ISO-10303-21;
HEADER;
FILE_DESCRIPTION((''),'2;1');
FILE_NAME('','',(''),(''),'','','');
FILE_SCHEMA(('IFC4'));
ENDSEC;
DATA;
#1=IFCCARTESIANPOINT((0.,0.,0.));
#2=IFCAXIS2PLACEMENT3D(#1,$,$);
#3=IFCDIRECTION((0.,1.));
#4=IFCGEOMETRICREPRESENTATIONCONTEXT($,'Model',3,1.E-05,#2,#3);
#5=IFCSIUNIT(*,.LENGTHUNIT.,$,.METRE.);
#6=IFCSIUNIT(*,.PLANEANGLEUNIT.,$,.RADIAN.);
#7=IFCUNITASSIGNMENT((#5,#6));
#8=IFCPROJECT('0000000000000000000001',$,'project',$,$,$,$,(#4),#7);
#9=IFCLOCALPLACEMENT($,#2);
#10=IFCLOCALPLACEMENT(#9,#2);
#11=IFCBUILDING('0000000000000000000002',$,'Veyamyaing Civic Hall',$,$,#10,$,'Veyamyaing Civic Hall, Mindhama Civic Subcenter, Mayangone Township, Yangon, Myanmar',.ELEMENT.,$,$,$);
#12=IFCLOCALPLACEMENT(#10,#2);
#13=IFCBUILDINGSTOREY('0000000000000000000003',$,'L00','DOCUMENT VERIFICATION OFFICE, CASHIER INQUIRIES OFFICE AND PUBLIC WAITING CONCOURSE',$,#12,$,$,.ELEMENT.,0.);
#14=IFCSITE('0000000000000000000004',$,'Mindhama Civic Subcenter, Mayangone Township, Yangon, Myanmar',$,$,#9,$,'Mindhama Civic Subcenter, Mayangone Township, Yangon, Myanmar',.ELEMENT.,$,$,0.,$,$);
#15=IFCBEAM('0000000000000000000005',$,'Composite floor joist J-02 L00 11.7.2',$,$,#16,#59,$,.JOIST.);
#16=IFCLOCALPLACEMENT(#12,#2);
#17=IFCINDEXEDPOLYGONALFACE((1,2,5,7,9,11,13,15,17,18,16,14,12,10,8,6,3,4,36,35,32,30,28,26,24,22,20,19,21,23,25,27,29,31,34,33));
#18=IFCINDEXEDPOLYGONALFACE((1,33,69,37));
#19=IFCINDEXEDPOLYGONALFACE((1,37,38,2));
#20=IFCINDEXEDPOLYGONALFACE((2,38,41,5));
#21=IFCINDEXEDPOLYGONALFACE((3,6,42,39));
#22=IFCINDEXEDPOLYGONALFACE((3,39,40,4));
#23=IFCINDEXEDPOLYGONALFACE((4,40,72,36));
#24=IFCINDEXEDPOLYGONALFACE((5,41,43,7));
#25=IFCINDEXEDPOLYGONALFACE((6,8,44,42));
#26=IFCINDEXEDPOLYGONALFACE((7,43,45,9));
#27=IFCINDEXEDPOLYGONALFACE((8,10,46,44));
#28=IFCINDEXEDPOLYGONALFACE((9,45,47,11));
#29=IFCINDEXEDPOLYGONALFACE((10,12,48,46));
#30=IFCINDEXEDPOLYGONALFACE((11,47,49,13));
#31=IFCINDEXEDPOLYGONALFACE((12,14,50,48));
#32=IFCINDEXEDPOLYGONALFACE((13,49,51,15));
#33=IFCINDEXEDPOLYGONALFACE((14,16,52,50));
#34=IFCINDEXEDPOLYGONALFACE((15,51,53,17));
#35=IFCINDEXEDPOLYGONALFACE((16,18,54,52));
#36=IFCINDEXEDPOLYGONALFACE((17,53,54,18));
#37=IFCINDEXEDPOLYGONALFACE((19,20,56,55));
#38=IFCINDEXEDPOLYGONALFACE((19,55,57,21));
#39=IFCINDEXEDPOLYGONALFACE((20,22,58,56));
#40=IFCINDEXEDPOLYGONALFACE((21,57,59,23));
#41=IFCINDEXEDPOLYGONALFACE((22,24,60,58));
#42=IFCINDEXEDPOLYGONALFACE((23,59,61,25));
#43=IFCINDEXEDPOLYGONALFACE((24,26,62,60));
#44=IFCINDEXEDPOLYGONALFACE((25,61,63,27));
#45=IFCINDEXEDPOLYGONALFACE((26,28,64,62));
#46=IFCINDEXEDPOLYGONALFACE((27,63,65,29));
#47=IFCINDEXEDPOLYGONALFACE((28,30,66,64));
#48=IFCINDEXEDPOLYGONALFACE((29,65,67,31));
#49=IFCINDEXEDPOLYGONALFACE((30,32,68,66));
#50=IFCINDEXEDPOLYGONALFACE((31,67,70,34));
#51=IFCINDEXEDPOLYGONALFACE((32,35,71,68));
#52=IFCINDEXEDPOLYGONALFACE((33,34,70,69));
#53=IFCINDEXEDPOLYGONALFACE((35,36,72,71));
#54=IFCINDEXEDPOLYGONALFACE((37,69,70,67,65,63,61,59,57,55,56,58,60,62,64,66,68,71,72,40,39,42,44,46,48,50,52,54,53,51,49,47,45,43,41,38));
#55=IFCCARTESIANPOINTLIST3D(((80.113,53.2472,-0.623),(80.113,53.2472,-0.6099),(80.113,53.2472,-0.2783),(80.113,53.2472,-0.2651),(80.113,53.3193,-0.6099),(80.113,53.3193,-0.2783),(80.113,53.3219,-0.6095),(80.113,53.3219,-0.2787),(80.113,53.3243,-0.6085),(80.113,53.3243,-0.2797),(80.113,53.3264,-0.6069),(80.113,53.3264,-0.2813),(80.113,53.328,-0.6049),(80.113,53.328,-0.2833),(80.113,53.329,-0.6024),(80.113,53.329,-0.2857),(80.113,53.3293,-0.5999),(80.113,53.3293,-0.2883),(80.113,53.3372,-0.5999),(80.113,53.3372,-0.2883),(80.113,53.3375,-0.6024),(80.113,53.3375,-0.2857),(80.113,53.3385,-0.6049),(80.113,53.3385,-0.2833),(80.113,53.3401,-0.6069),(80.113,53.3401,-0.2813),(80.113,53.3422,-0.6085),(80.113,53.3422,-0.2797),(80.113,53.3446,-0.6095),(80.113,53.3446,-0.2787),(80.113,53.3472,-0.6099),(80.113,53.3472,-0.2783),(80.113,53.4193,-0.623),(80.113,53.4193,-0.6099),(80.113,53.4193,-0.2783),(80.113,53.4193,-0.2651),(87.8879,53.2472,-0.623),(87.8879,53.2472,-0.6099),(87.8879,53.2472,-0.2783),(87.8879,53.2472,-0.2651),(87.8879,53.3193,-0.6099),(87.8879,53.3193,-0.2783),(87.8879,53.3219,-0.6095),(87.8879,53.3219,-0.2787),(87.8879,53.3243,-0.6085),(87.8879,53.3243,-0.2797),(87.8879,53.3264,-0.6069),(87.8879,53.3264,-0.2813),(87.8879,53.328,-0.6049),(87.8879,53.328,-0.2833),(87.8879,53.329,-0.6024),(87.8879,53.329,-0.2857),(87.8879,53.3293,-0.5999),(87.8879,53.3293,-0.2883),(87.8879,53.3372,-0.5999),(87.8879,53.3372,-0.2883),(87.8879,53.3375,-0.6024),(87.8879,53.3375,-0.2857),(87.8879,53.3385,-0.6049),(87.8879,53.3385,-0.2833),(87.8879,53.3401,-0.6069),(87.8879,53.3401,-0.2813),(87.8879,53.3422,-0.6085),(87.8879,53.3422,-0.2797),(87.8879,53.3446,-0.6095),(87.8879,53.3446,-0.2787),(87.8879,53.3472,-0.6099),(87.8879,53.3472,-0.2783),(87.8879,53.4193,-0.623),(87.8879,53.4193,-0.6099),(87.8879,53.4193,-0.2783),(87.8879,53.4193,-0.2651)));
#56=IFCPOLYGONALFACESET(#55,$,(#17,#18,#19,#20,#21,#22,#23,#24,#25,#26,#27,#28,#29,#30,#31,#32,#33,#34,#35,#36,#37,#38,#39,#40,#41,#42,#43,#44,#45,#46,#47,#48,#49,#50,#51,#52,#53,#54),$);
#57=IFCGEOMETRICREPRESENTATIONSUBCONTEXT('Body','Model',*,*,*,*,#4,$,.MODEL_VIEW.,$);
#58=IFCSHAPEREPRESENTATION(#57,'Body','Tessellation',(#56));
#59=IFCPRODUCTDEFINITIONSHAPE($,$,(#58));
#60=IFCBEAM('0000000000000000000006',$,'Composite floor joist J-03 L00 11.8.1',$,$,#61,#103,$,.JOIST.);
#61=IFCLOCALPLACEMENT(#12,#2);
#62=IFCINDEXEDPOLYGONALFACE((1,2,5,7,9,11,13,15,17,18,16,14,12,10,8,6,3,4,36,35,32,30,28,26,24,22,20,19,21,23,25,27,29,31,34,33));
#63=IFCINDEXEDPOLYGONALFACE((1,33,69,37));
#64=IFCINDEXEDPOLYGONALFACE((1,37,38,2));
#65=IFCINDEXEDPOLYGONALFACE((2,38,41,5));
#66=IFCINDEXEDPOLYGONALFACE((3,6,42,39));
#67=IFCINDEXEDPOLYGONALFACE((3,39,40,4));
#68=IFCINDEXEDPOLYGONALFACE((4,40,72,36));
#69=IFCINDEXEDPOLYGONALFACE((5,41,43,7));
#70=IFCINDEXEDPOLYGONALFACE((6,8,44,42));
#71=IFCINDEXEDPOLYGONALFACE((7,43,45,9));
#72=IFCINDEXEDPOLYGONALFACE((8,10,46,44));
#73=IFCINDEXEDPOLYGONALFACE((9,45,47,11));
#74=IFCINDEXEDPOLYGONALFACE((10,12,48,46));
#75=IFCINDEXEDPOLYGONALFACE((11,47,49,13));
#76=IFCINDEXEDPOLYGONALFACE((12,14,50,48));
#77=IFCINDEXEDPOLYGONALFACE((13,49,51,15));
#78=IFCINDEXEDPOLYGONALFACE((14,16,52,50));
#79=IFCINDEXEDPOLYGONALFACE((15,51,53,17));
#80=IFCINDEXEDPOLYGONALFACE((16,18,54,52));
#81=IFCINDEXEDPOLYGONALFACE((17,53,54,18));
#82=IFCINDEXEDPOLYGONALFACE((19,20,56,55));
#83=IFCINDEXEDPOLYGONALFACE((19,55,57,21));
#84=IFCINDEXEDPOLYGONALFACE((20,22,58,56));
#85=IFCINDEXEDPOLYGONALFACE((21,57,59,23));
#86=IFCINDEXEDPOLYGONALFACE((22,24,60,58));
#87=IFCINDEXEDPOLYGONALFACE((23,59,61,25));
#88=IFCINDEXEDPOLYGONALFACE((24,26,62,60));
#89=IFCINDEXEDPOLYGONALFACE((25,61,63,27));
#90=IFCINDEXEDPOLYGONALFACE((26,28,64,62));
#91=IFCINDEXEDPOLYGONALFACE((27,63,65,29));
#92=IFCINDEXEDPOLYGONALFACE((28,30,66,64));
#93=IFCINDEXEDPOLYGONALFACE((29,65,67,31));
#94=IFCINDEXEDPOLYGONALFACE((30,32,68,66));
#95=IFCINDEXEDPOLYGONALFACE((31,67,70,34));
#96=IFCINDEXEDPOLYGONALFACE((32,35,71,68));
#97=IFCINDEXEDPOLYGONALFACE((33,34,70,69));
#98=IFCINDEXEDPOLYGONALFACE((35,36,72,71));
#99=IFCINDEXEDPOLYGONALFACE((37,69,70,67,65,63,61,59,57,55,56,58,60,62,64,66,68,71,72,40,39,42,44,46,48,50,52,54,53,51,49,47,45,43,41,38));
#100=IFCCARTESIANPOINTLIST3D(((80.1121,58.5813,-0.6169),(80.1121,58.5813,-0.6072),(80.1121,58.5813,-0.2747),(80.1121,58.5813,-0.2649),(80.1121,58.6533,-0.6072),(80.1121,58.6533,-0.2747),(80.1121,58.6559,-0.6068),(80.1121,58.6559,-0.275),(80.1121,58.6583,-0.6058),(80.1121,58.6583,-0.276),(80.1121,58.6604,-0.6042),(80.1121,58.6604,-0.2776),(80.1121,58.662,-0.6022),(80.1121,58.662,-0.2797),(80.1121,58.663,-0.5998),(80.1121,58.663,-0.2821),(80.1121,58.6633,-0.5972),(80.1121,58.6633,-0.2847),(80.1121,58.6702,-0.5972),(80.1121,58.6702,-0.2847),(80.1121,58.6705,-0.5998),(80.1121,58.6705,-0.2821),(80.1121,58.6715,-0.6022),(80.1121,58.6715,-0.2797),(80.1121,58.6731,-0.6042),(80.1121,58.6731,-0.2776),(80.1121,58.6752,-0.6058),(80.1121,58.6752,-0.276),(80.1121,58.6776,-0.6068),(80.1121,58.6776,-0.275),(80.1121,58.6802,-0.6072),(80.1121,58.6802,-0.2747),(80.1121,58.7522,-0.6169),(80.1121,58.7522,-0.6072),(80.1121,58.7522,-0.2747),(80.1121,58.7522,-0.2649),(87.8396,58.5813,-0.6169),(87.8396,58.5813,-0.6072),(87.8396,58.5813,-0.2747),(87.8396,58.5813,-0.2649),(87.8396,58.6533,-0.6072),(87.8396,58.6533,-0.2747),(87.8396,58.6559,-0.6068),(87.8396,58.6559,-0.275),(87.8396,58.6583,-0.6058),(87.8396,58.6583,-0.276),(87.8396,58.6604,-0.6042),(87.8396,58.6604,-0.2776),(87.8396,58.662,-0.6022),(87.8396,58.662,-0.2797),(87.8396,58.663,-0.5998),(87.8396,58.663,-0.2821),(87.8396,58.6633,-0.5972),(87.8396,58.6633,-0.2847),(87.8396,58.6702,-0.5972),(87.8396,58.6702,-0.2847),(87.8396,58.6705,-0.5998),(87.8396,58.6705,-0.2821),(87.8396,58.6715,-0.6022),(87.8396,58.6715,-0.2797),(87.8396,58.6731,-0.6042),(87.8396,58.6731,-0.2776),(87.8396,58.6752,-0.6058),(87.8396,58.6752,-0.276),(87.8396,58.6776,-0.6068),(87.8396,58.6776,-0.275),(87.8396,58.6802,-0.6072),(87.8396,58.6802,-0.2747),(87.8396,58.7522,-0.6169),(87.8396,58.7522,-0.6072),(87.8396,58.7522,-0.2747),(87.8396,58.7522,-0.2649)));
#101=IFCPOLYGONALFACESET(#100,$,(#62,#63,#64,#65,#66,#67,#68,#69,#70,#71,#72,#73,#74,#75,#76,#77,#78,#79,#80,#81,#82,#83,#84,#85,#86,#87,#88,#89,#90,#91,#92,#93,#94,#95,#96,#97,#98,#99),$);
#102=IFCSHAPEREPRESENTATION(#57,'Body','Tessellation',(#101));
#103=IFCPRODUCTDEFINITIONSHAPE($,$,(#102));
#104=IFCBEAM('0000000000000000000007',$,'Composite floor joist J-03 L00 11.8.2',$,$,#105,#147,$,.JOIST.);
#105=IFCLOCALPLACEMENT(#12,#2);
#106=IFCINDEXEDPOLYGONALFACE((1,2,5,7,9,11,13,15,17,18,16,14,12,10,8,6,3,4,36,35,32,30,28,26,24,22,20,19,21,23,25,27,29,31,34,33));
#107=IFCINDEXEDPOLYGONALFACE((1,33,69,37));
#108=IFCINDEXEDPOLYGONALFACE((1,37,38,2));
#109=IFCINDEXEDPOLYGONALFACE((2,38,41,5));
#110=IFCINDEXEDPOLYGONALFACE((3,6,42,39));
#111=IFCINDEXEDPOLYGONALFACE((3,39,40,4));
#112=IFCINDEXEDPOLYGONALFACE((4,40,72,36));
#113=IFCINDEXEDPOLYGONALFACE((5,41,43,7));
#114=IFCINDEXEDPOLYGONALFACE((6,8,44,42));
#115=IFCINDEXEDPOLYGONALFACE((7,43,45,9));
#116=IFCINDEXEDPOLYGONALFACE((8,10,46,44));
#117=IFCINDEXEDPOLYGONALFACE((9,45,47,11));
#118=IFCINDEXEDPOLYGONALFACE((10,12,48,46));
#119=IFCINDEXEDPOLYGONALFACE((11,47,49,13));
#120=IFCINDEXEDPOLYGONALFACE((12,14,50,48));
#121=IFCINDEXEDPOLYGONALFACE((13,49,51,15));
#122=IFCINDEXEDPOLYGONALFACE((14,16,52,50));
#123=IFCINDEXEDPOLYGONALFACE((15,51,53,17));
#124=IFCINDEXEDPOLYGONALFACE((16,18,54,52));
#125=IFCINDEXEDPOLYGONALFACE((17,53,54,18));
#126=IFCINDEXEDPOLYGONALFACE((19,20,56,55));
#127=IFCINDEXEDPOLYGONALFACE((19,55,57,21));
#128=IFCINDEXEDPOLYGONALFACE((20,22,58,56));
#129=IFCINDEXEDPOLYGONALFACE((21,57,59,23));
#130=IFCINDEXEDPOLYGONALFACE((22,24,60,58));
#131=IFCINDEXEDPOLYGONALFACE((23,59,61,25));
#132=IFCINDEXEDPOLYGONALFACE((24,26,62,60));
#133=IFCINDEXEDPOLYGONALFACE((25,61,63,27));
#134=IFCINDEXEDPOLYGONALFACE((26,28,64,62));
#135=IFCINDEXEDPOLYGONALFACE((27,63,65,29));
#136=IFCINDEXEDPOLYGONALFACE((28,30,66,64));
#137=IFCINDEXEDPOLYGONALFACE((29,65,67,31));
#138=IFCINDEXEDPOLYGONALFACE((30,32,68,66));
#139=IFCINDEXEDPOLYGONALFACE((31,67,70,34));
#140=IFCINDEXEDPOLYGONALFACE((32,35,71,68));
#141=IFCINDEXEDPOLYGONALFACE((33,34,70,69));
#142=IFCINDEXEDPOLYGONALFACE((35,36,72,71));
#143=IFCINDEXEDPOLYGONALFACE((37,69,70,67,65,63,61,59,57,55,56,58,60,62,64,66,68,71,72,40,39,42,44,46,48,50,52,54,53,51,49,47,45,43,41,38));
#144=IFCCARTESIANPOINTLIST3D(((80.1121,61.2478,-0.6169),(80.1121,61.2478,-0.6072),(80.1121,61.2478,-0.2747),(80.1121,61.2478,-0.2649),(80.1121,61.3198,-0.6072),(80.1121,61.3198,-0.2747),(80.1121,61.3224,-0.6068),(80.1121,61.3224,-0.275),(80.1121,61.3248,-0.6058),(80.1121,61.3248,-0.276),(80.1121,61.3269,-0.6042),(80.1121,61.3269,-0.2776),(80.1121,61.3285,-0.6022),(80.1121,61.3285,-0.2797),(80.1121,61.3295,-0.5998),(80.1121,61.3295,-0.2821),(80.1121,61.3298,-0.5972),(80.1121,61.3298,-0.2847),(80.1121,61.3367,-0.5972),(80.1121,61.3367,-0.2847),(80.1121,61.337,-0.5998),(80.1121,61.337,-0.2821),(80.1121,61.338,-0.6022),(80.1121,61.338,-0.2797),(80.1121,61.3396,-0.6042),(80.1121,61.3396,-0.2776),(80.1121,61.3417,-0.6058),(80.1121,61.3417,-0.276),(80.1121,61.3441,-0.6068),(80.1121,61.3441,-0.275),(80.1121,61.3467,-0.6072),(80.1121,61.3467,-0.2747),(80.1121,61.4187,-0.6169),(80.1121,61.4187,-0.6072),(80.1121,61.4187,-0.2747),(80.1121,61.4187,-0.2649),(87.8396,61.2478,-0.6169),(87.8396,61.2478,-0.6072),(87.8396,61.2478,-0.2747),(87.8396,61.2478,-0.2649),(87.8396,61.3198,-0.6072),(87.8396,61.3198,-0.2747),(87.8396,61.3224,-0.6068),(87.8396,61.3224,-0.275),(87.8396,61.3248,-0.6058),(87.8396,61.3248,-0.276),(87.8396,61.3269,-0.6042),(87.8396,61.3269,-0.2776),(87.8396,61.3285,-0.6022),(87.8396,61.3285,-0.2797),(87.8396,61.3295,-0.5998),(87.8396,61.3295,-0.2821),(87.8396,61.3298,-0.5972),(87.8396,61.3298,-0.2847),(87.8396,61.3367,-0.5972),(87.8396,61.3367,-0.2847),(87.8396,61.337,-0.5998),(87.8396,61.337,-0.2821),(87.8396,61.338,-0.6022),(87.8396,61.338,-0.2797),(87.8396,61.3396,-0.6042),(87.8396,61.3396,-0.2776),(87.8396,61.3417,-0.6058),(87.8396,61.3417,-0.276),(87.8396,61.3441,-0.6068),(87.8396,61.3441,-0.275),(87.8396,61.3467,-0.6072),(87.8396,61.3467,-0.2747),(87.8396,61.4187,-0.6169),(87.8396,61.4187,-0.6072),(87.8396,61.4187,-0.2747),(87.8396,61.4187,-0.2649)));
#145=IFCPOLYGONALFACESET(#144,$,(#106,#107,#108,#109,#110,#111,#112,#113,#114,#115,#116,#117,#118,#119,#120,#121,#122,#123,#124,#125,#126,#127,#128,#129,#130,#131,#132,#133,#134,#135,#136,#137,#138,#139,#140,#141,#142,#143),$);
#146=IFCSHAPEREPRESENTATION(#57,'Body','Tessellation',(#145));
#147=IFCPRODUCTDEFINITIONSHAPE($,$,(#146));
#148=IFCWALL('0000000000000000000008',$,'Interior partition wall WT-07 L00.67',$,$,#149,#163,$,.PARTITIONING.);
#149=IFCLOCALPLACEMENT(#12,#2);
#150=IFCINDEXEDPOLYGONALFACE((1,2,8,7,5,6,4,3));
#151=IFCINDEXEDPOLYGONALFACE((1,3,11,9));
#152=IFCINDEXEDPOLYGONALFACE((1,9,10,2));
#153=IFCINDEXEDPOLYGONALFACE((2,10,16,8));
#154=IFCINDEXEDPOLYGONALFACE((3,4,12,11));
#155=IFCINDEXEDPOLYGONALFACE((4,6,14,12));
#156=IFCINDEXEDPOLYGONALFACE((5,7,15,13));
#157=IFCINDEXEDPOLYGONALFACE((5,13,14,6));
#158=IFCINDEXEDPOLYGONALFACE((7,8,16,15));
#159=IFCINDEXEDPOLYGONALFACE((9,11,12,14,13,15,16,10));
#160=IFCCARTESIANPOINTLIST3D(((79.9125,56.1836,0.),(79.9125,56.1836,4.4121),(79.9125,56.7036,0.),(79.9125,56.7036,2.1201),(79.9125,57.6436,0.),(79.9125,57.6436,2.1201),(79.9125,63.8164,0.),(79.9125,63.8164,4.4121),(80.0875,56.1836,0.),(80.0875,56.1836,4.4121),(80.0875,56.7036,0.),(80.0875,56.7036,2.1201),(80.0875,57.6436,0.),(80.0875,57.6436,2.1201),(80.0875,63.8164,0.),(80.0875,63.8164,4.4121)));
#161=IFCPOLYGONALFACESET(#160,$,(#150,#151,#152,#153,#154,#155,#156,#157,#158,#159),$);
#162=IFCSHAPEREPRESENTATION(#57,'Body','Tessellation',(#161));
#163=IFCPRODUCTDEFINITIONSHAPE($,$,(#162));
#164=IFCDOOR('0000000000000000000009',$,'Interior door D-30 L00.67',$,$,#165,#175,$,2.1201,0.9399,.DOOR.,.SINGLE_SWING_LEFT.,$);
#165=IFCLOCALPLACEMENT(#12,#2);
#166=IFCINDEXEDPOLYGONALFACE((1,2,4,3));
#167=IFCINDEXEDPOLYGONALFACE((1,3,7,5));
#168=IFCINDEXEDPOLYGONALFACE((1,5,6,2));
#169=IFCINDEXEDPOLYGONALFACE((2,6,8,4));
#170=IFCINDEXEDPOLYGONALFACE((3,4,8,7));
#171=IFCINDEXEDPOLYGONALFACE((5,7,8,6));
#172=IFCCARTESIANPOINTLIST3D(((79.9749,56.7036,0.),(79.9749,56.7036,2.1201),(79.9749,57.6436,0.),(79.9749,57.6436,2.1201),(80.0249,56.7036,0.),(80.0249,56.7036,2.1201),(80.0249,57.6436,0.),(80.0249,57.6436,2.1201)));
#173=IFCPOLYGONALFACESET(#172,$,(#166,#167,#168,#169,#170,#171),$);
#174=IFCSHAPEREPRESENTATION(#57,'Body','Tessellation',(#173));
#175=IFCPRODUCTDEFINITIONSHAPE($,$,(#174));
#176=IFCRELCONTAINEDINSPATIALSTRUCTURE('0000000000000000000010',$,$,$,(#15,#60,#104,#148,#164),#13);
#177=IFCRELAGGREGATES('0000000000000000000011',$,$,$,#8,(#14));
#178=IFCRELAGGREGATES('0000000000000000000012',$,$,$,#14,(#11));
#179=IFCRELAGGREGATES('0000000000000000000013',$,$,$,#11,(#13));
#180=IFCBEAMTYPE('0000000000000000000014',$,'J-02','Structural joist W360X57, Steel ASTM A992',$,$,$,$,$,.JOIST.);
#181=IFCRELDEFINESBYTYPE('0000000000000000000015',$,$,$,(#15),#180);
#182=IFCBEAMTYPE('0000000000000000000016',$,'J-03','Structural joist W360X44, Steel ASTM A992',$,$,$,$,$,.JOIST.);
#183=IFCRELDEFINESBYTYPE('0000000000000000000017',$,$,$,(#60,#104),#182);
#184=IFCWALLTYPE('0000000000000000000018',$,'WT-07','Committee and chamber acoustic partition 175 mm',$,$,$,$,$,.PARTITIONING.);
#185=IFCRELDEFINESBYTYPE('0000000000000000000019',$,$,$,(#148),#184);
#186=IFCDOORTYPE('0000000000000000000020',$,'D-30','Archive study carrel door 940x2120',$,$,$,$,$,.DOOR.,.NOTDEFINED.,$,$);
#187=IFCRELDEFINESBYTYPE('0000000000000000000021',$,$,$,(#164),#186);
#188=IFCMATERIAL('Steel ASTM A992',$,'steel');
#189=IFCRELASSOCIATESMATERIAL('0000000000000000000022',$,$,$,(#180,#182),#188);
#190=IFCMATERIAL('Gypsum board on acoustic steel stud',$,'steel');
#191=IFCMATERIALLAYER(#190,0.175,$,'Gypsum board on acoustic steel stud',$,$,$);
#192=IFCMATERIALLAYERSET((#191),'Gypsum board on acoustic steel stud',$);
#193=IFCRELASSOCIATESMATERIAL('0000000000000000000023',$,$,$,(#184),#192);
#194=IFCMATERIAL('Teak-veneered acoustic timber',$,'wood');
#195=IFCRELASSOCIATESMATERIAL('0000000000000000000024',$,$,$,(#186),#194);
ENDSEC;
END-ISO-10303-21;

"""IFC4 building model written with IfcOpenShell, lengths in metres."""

from ifc_helpers import new_model, si_unit, direction, frame, frame_2d, origin, origin_2d, place, context, subcontext, project, spatial, rectangle, i_section, extrude, material, layer, layer_set, material_profile, profile_set, type_object, element, fill, save


model = new_model("IFC4")

# Units and contexts
model_context = context("Model", 3, precision=1e-05, world=origin(), true_north=direction((0.0, 1.0)))
body_context = subcontext(model_context, "Body", "Model", "MODEL_VIEW")
ifc_project = project(units=[si_unit("LENGTHUNIT", "METRE"), si_unit("PLANEANGLEUNIT", "RADIAN")], contexts=[model_context])

# Site, building, storey
site_placement = place(None, origin())
site = spatial("IfcSite", under=ifc_project, at=site_placement, Name="Mindhama Civic Subcenter, Mayangone Township, Yangon, Myanmar", LongName="Mindhama Civic Subcenter, Mayangone Township, Yangon, Myanmar", CompositionType="ELEMENT", RefElevation=0.0)
building_placement = place(site_placement, origin())
building = spatial("IfcBuilding", under=site, at=building_placement, Name="Veyamyaing Civic Hall", LongName="Veyamyaing Civic Hall, Mindhama Civic Subcenter, Mayangone Township, Yangon, Myanmar", CompositionType="ELEMENT")
storey_placement = place(building_placement, origin())
storey = spatial("IfcBuildingStorey", under=building, at=storey_placement, Name="L00", Description="DOCUMENT VERIFICATION OFFICE, CASHIER INQUIRIES OFFICE AND PUBLIC WAITING CONCOURSE", CompositionType="ELEMENT", Elevation=0.0)

# Beams
ifc_material_1 = material(Name="Steel ASTM A992", Category="steel")
ifc_material_profile_1 = material_profile(ifc_material_1, i_section(OverallWidth=0.1721, OverallDepth=0.3579, WebThickness=0.0078, FlangeThickness=0.0132, FilletRadius=0.01, at=origin_2d()), Name="W360X57")
ifc_profile_set_1 = profile_set([ifc_material_profile_1], Name="Steel ASTM A992")
beam_type_1 = type_object("IfcBeamType", Name="J-02", Description="Structural joist W360X57, Steel ASTM A992", PredefinedType="JOIST", material=ifc_profile_set_1)
beam_1_placement = place(storey_placement, frame((80.113, 53.3333, -0.4441), z_axis=(1.0, 0.0, 0.0), x_axis=(0.0, 1.0, 0.0)))
element("IfcBeam", 1, at=beam_1_placement, inside=storey, type_object=beam_type_1, Name="Composite floor joist J-02 L00 11.7.2", PredefinedType="JOIST", context=body_context, shape_type="SweptSolid", body=[
    extrude(i_section(OverallWidth=0.1721, OverallDepth=0.3579, WebThickness=0.0078, FlangeThickness=0.0132, FilletRadius=0.01, at=origin_2d()), origin(), (0.0, 0.0, 1.0), 7.7749),
])
ifc_material_profile_2 = material_profile(ifc_material_1, i_section(OverallWidth=0.1709, OverallDepth=0.3521, WebThickness=0.0068, FlangeThickness=0.0098, FilletRadius=0.01, at=origin_2d()), Name="W360X44")
ifc_profile_set_2 = profile_set([ifc_material_profile_2], Name="Steel ASTM A992")
beam_type_2 = type_object("IfcBeamType", Name="J-03", Description="Structural joist W360X44, Steel ASTM A992", PredefinedType="JOIST", material=ifc_profile_set_2)
for number, where, z_axis, x_axis, name in (
    (2, (80.1121, 58.6667, -0.4409), (1.0, 0.0, 0.0), (0.0, 1.0, 0.0), "Composite floor joist J-03 L00 11.8.1"),
    (3, (80.1121, 61.3333, -0.4409), (1.0, 0.0, 0.0), (0.0, 1.0, 0.0), "Composite floor joist J-03 L00 11.8.2"),
):
    element("IfcBeam", number, at=place(storey_placement, frame(where, z_axis=z_axis, x_axis=x_axis)), inside=storey, type_object=beam_type_2, Name=name, PredefinedType="JOIST", context=body_context, shape_type="SweptSolid", body=[
        extrude(i_section(OverallWidth=0.1709, OverallDepth=0.3521, WebThickness=0.0068, FlangeThickness=0.0098, FilletRadius=0.01, at=origin_2d()), origin(), (0.0, 0.0, 1.0), 7.7275),
    ])

# Wall, opening, door
ifc_material_2 = material(Name="Gypsum board on acoustic steel stud", Category="steel")
ifc_layer_1 = layer(ifc_material_2, 0.175, Name="Gypsum board on acoustic steel stud")
ifc_layer_set_1 = layer_set([ifc_layer_1], Name="Gypsum board on acoustic steel stud")
wall_type_1 = type_object("IfcWallType", Name="WT-07", Description="Committee and chamber acoustic partition 175 mm", PredefinedType="PARTITIONING", material=ifc_layer_set_1)
wall_1_placement = place(storey_placement, frame((80.0, 56.1836, 0.0), z_axis=(0.0, 0.0, 1.0), x_axis=(0.0, 1.0, 0.0)))
wall_1 = element("IfcWall", 4, at=wall_1_placement, inside=storey, type_object=wall_type_1, Name="Interior partition wall WT-07 L00.67", PredefinedType="PARTITIONING", context=body_context, shape_type="SweptSolid", body=[
    extrude(rectangle(XDim=7.6328, YDim=0.175, at=frame_2d((3.8164, 0.0))), origin(), (0.0, 0.0, 1.0), 4.4121),
])
opening_1_placement = place(wall_1_placement, frame((0.52, 0.0, 0.0)))
opening_1 = element("IfcOpeningElement", 5, at=opening_1_placement, cuts=wall_1, PredefinedType="OPENING", context=body_context, shape_type="SweptSolid", body=[
    extrude(rectangle(XDim=0.9399, YDim=2.1201, at=frame_2d((0.47, 1.0601))), frame((0.0, 0.0974, 0.0), z_axis=(0.0, -1.0, 0.0), x_axis=(1.0, 0.0, 0.0)), (0.0, 0.0, 1.0), 0.1951),
])
ifc_material_3 = material(Name="Teak-veneered acoustic timber", Category="wood")
door_type_1 = type_object("IfcDoorType", Name="D-30", Description="Archive study carrel door 940x2120", OperationType="NOTDEFINED", PredefinedType="DOOR", material=ifc_material_3)
door_1_placement = place(opening_1_placement, frame((0.9399, 0.0, 0.0), z_axis=(0.0, 0.0, 1.0), x_axis=(-1.0, 0.0, 0.0)))
door_1 = element("IfcDoor", 6, at=door_1_placement, inside=storey, type_object=door_type_1, Name="Interior door D-30 L00.67", OperationType="SINGLE_SWING_LEFT", OverallHeight=2.1201, OverallWidth=0.9399, PredefinedType="DOOR", context=body_context, shape_type="SweptSolid", body=[
    extrude(rectangle(XDim=0.9399, YDim=2.1201, at=frame_2d((0.47, 1.0601))), frame((0.0, 0.0249, 0.0), z_axis=(0.0, -1.0, 0.0), x_axis=(1.0, 0.0, 0.0)), (0.0, 0.0, 1.0), 0.05),
])
fill(opening_1, door_1)

save(model, "model.ifc")
